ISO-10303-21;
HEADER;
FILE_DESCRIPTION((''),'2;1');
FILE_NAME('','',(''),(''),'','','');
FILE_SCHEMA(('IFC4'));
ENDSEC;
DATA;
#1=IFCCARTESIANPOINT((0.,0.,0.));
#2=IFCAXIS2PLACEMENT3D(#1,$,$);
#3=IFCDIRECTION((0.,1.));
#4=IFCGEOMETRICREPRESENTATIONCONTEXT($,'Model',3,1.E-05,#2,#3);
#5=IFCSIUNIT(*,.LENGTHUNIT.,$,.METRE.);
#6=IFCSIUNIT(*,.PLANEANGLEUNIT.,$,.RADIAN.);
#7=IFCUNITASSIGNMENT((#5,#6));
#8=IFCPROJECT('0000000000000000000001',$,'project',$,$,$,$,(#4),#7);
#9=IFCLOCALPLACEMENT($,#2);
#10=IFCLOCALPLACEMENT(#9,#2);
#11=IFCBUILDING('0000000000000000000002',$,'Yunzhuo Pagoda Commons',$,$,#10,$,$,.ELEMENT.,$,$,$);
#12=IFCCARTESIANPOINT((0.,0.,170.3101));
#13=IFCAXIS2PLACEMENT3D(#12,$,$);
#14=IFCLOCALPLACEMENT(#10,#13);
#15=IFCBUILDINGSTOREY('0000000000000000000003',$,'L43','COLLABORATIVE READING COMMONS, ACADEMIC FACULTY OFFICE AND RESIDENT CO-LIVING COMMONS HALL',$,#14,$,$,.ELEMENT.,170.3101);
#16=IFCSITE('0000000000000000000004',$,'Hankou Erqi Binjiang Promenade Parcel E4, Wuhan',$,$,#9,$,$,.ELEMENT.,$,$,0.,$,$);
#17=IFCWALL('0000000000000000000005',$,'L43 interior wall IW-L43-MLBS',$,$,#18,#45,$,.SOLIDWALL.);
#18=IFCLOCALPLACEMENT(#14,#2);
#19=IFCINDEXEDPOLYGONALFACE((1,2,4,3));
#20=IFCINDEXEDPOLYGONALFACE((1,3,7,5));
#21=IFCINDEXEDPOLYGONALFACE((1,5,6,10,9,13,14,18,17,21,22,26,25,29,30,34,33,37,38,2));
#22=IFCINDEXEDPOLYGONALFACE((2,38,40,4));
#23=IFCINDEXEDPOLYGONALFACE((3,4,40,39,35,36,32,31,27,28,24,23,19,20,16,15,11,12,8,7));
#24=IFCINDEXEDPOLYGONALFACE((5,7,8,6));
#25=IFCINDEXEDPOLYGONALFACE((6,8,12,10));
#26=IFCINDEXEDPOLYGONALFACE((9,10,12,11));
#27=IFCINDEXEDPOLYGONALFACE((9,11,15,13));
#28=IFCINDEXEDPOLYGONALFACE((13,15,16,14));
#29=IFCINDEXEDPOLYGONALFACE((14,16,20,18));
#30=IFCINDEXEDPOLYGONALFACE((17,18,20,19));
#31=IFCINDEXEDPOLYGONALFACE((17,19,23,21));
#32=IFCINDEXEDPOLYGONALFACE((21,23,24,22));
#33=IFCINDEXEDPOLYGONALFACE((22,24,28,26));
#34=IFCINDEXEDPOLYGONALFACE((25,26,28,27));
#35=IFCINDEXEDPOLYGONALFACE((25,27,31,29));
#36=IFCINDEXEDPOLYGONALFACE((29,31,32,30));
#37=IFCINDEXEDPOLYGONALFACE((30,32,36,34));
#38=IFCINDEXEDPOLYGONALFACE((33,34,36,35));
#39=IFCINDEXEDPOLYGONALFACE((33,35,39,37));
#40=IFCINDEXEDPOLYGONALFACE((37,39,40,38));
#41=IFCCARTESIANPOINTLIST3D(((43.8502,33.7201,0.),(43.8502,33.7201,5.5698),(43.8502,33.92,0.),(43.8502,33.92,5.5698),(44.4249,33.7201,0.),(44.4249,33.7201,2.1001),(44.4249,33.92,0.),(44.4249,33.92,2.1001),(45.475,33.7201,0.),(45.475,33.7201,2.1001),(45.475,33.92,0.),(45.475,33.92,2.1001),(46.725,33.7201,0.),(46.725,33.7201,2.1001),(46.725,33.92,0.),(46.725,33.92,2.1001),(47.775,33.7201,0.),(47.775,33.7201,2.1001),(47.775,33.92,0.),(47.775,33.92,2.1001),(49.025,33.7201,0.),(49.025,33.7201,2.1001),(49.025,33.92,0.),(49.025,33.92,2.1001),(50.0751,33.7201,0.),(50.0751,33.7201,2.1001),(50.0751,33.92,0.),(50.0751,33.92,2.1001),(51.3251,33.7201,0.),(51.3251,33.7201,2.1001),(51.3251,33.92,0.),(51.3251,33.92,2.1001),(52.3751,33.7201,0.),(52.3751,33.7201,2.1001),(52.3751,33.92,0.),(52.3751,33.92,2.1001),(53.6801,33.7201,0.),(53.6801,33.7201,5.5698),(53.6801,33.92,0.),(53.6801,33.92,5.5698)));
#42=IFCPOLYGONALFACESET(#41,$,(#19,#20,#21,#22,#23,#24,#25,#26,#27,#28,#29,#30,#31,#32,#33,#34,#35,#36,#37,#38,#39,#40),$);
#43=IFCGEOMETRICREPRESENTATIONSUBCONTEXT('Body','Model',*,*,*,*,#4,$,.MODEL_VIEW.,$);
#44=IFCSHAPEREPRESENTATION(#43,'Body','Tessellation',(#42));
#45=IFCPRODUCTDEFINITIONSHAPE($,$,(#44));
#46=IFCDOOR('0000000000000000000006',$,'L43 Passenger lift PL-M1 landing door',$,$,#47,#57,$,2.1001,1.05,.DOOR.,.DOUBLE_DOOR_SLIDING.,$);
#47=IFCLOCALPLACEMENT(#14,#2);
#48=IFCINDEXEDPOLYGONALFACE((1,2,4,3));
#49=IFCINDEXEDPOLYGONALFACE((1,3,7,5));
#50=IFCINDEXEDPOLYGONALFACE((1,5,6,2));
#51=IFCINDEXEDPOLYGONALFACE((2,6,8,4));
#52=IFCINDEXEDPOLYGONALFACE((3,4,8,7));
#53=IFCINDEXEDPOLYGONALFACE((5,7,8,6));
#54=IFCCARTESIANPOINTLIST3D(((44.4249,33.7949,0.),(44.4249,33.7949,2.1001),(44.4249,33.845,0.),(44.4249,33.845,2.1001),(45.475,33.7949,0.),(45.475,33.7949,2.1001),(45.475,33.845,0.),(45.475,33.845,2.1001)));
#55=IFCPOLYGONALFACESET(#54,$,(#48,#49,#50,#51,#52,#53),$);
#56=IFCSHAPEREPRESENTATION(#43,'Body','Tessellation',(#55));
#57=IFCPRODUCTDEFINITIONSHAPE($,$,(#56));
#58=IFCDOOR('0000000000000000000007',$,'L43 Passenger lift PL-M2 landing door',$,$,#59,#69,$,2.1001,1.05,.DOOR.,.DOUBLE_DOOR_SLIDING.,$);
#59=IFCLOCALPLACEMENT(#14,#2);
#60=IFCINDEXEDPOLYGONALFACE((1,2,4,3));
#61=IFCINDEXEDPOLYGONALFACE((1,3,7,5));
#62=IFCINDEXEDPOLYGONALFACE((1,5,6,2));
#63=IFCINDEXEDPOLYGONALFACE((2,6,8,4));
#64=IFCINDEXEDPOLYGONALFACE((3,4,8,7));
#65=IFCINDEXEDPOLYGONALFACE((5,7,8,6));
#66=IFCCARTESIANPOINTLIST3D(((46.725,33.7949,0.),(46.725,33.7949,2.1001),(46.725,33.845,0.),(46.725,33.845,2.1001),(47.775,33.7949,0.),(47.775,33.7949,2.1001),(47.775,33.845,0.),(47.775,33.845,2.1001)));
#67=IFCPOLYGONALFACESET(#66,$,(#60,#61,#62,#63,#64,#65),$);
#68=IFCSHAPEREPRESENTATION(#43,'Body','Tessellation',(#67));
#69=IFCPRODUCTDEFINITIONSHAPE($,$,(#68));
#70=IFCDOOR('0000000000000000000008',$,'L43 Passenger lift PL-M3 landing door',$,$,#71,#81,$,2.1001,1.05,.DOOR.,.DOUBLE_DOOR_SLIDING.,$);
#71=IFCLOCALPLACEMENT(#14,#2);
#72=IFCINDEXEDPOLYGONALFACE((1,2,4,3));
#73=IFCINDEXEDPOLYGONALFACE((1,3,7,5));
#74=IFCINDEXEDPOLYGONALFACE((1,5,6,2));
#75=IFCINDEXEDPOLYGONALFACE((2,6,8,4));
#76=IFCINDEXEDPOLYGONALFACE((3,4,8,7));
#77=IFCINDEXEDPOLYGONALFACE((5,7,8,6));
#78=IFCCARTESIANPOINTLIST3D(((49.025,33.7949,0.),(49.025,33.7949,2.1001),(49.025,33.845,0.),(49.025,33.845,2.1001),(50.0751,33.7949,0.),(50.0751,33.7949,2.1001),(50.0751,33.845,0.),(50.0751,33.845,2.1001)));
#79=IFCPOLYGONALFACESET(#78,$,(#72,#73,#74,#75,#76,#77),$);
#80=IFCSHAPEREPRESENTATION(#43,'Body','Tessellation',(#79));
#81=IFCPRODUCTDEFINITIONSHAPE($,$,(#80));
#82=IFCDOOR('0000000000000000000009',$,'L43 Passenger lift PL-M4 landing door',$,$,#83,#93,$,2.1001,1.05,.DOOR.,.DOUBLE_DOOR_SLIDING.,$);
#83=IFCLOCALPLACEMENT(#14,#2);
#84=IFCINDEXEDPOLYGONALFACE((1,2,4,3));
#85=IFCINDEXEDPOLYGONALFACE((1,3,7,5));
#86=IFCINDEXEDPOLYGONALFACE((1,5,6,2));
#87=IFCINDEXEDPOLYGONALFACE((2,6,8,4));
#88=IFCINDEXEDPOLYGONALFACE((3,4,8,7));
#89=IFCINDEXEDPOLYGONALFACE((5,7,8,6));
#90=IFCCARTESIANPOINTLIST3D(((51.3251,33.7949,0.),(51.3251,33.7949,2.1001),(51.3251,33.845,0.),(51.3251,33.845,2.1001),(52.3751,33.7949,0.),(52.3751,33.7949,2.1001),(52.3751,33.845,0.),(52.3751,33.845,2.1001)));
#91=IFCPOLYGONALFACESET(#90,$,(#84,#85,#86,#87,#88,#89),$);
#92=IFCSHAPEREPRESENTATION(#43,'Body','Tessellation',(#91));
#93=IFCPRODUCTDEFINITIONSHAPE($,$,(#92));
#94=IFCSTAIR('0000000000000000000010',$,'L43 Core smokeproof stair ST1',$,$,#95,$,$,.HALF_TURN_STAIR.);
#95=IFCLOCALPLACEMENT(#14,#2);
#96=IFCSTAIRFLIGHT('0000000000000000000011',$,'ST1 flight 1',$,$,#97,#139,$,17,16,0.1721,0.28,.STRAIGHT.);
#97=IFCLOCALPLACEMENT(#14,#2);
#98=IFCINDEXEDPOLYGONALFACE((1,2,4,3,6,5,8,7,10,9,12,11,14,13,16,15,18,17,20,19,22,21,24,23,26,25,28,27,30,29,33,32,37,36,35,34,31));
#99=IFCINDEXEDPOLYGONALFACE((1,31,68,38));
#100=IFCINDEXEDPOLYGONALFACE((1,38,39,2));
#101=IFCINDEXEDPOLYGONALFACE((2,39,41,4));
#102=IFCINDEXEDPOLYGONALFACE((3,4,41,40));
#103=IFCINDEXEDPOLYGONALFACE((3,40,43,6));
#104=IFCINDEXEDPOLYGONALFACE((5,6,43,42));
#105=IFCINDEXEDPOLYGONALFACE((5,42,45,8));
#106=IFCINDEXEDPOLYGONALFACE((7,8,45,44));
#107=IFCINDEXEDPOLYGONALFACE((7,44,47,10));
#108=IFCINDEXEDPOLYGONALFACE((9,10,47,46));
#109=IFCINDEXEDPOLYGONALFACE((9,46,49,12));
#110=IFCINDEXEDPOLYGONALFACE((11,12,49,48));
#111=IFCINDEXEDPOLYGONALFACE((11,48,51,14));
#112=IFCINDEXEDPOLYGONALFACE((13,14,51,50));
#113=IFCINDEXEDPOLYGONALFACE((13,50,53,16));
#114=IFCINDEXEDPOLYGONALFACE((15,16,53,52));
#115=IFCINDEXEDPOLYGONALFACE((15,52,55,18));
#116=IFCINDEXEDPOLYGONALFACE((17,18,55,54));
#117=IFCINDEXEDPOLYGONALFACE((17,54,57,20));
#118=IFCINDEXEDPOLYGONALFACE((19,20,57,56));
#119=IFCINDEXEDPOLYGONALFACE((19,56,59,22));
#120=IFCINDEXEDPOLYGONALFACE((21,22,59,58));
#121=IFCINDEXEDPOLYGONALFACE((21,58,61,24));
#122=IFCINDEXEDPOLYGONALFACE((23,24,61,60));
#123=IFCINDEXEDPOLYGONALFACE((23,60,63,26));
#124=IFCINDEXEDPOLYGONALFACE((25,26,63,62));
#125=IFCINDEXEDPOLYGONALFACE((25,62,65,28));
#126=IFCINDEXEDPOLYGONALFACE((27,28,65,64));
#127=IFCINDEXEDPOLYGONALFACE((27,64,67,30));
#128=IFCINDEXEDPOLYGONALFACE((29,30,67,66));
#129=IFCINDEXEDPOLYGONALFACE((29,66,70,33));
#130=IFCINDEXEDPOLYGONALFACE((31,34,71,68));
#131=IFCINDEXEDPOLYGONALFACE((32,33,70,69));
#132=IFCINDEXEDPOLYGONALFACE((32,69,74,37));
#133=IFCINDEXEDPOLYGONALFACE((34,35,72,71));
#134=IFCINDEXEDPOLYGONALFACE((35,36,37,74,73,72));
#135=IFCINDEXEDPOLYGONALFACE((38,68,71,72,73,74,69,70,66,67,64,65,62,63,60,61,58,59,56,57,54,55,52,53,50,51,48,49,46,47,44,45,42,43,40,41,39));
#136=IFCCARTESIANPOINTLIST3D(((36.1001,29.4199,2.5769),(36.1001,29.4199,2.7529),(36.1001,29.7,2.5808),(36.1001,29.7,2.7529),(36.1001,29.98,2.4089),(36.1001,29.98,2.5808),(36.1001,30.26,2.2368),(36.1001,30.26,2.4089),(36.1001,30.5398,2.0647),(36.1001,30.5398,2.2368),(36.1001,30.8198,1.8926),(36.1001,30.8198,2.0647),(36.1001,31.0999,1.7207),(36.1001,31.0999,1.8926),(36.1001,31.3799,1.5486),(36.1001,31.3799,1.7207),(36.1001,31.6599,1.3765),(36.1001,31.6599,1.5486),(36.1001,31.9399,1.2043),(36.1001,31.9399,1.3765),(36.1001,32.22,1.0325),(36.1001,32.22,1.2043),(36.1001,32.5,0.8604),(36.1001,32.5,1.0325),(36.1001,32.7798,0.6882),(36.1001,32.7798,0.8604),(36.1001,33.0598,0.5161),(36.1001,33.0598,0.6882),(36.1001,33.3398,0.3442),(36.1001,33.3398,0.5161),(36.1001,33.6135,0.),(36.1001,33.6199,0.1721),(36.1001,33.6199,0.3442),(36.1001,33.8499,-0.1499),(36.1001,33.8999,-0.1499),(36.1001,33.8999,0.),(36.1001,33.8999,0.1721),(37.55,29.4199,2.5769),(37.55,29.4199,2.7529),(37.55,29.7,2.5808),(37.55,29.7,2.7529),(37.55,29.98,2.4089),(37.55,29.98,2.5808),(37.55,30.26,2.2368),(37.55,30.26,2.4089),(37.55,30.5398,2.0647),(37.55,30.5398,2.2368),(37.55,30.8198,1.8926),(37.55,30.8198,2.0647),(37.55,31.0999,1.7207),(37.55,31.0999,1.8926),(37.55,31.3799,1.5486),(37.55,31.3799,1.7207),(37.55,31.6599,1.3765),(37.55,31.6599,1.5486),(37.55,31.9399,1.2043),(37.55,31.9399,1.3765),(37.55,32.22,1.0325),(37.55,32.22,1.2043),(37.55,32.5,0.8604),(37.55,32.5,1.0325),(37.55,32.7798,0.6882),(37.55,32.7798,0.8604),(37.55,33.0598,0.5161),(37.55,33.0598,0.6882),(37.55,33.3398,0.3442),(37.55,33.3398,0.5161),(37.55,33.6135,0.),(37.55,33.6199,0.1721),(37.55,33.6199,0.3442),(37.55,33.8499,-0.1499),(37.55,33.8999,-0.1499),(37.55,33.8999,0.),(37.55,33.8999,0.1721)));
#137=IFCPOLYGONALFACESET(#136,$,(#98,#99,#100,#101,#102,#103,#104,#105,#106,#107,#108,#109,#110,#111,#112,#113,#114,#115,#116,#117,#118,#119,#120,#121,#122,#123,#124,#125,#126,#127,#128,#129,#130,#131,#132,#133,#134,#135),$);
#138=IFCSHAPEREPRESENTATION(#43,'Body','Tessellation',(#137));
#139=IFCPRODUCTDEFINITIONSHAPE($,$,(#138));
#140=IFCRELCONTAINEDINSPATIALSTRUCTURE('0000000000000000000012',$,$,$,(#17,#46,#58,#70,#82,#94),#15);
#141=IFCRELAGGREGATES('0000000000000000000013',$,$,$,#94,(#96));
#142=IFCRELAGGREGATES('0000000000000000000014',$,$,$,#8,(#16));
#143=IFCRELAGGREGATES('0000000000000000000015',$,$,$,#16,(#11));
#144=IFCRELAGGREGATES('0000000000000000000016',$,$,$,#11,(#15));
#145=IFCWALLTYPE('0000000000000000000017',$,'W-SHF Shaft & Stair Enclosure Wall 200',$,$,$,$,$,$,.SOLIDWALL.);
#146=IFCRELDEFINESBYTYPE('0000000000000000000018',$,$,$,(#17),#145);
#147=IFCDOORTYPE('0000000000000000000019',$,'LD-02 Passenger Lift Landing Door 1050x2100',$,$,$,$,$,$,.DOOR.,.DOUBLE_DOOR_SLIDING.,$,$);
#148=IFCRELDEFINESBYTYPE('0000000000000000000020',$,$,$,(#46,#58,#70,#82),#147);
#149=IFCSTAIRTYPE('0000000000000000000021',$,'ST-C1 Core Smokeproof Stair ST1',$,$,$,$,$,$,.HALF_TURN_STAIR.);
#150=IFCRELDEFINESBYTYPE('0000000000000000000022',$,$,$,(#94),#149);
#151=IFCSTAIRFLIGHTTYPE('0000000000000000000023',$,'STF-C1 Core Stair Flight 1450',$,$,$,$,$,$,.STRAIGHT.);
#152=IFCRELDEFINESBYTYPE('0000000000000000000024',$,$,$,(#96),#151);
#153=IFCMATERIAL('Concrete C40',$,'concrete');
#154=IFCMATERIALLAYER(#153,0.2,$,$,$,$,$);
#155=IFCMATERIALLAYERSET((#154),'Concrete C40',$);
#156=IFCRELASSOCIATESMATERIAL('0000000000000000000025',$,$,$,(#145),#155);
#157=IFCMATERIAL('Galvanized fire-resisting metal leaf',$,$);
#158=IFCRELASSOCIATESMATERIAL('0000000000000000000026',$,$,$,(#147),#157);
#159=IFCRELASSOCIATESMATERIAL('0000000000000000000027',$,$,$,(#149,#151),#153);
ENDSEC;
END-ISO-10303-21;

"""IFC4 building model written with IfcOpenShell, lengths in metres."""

from ifc_helpers import new_model, si_unit, direction, frame, frame_2d, origin, origin_with_axes, place, context, subcontext, project, spatial, polyline, rectangle, outline, extrude, source, transform, mapped, material, layer, layer_set, type_object, element, fill, aggregate, save


model = new_model("IFC4")

# Units and contexts
model_context = context("Model", 3, precision=1e-05, world=origin(), true_north=direction((0.0, 1.0)))
body_context = subcontext(model_context, "Body", "Model", "MODEL_VIEW")
ifc_project = project(units=[si_unit("LENGTHUNIT", "METRE"), si_unit("PLANEANGLEUNIT", "RADIAN")], contexts=[model_context])

# Site, building, storey
site_placement = place(None, origin())
site = spatial("IfcSite", under=ifc_project, at=site_placement, Name="Hankou Erqi Binjiang Promenade Parcel E4, Wuhan", CompositionType="ELEMENT", RefElevation=0.0)
building_placement = place(site_placement, origin())
building = spatial("IfcBuilding", under=site, at=building_placement, Name="Yunzhuo Pagoda Commons", CompositionType="ELEMENT")
storey_placement = place(building_placement, frame((0.0, 0.0, 170.3101)))
storey = spatial("IfcBuildingStorey", under=building, at=storey_placement, Name="L43", Description="COLLABORATIVE READING COMMONS, ACADEMIC FACULTY OFFICE AND RESIDENT CO-LIVING COMMONS HALL", CompositionType="ELEMENT", Elevation=170.3101)

# Shared definitions
ifc_material_1 = material(Name="Galvanized fire-resisting metal leaf")
shared_shape_1 = source(origin(), body_context, "Body", "SweptSolid", [
    extrude(rectangle(XDim=1.05, YDim=2.1001, at=frame_2d((0.5249, 1.05))), frame((0.0, 0.0249, 0.0), z_axis=(0.0, -1.0, 0.0), x_axis=(1.0, 0.0, 0.0)), (0.0, 0.0, 1.0), 0.05),
])
ifc_material_2 = material(Name="Concrete C40", Category="concrete")
ifc_layer_1 = layer(ifc_material_2, 0.2)
ifc_layer_set_1 = layer_set([ifc_layer_1], Name="Concrete C40")
wall_type_1 = type_object("IfcWallType", Name="W-SHF Shaft & Stair Enclosure Wall 200", PredefinedType="SOLIDWALL", material=ifc_layer_set_1)
door_type_1 = type_object("IfcDoorType", Name="LD-02 Passenger Lift Landing Door 1050x2100", OperationType="DOUBLE_DOOR_SLIDING", PredefinedType="DOOR", material=ifc_material_1)

# Wall, openings, doors
wall_1_placement = place(storey_placement, frame((43.8501, 33.8201, 0.0), z_axis=(0.0, 0.0, 1.0), x_axis=(1.0, 0.0, 0.0)))
wall_1 = element("IfcWall", 1, at=wall_1_placement, inside=storey, type_object=wall_type_1, Name="L43 interior wall IW-L43-MLBS", PredefinedType="SOLIDWALL", context=body_context, shape_type="SweptSolid", body=[
    extrude(rectangle(XDim=9.8298, YDim=0.2, at=frame_2d((4.915, 0.0))), origin(), (0.0, 0.0, 1.0), 5.5698),
])
opening_1_placement = place(wall_1_placement, frame((0.575, 0.0, 0.0)))
opening_1 = element("IfcOpeningElement", 2, at=opening_1_placement, cuts=wall_1, PredefinedType="OPENING", context=body_context, shape_type="SweptSolid", body=[
    extrude(rectangle(XDim=1.05, YDim=2.1001, at=frame_2d((0.5249, 1.05))), frame((0.0, 0.1099, 0.0), z_axis=(0.0, -1.0, 0.0), x_axis=(1.0, 0.0, 0.0)), (0.0, 0.0, 1.0), 0.22),
])
opening_2_placement = place(wall_1_placement, frame((2.875, 0.0, 0.0)))
opening_2 = element("IfcOpeningElement", 3, at=opening_2_placement, cuts=wall_1, PredefinedType="OPENING", context=body_context, shape_type="SweptSolid", body=[
    extrude(rectangle(XDim=1.05, YDim=2.1001, at=frame_2d((0.5249, 1.05))), frame((0.0, 0.1099, 0.0), z_axis=(0.0, -1.0, 0.0), x_axis=(1.0, 0.0, 0.0)), (0.0, 0.0, 1.0), 0.22),
])
opening_3_placement = place(wall_1_placement, frame((5.175, 0.0, 0.0)))
opening_3 = element("IfcOpeningElement", 4, at=opening_3_placement, cuts=wall_1, PredefinedType="OPENING", context=body_context, shape_type="SweptSolid", body=[
    extrude(rectangle(XDim=1.05, YDim=2.1001, at=frame_2d((0.5249, 1.05))), frame((0.0, 0.1099, 0.0), z_axis=(0.0, -1.0, 0.0), x_axis=(1.0, 0.0, 0.0)), (0.0, 0.0, 1.0), 0.22),
])
opening_4_placement = place(wall_1_placement, frame((7.4751, 0.0, 0.0)))
opening_4 = element("IfcOpeningElement", 5, at=opening_4_placement, cuts=wall_1, PredefinedType="OPENING", context=body_context, shape_type="SweptSolid", body=[
    extrude(rectangle(XDim=1.05, YDim=2.1001, at=frame_2d((0.5249, 1.05))), frame((0.0, 0.1099, 0.0), z_axis=(0.0, -1.0, 0.0), x_axis=(1.0, 0.0, 0.0)), (0.0, 0.0, 1.0), 0.22),
])
door_1_placement = place(opening_1_placement, origin_with_axes())
door_1 = element("IfcDoor", 6, at=door_1_placement, inside=storey, type_object=door_type_1, Name="L43 Passenger lift PL-M1 landing door", OperationType="DOUBLE_DOOR_SLIDING", OverallHeight=2.1001, OverallWidth=1.05, PredefinedType="DOOR", context=body_context, shape_type="MappedRepresentation", body=[
    mapped(shared_shape_1, transform((0.0, 0.0, 0.0), scale=1.0)),
])
fill(opening_1, door_1)
door_2_placement = place(opening_2_placement, origin_with_axes())
door_2 = element("IfcDoor", 7, at=door_2_placement, inside=storey, type_object=door_type_1, Name="L43 Passenger lift PL-M2 landing door", OperationType="DOUBLE_DOOR_SLIDING", OverallHeight=2.1001, OverallWidth=1.05, PredefinedType="DOOR", context=body_context, shape_type="MappedRepresentation", body=[
    mapped(shared_shape_1, transform((0.0, 0.0, 0.0), scale=1.0)),
])
fill(opening_2, door_2)
door_3_placement = place(opening_3_placement, origin_with_axes())
door_3 = element("IfcDoor", 8, at=door_3_placement, inside=storey, type_object=door_type_1, Name="L43 Passenger lift PL-M3 landing door", OperationType="DOUBLE_DOOR_SLIDING", OverallHeight=2.1001, OverallWidth=1.05, PredefinedType="DOOR", context=body_context, shape_type="MappedRepresentation", body=[
    mapped(shared_shape_1, transform((0.0, 0.0, 0.0), scale=1.0)),
])
fill(opening_3, door_3)
door_4_placement = place(opening_4_placement, origin_with_axes())
door_4 = element("IfcDoor", 9, at=door_4_placement, inside=storey, type_object=door_type_1, Name="L43 Passenger lift PL-M4 landing door", OperationType="DOUBLE_DOOR_SLIDING", OverallHeight=2.1001, OverallWidth=1.05, PredefinedType="DOOR", context=body_context, shape_type="MappedRepresentation", body=[
    mapped(shared_shape_1, transform((0.0, 0.0, 0.0), scale=1.0)),
])
fill(opening_4, door_4)

# Stair, stair flight
stair_type = type_object("IfcStairType", Name="ST-C1 Core Smokeproof Stair ST1", PredefinedType="HALF_TURN_STAIR", material=ifc_material_2)
stair_placement = place(storey_placement, origin())
stair = element("IfcStair", 10, at=stair_placement, inside=storey, type_object=stair_type, Name="L43 Core smokeproof stair ST1", PredefinedType="HALF_TURN_STAIR")
stair_flight_type = type_object("IfcStairFlightType", Name="STF-C1 Core Stair Flight 1450", PredefinedType="STRAIGHT", material=ifc_material_2)
shared_shape_2 = source(origin(), body_context, "Body", "SweptSolid", [
    extrude(outline(polyline([(0.0, -0.1499), (0.0, 0.0), (0.0, 0.1721), (0.28, 0.1721), (0.28, 0.3442), (0.5601, 0.3442), (0.5601, 0.5161), (0.8401, 0.5161), (0.8401, 0.6882), (1.1201, 0.6882), (1.1201, 0.8604), (1.3999, 0.8604), (1.3999, 1.0325), (1.6799, 1.0325), (1.6799, 1.2043), (1.96, 1.2043), (1.96, 1.3765), (2.24, 1.3765), (2.24, 1.5486), (2.52, 1.5486), (2.52, 1.7207), (2.8, 1.7207), (2.8, 1.8926), (3.0801, 1.8926), (3.0801, 2.0647), (3.3601, 2.0647), (3.3601, 2.2368), (3.6399, 2.2368), (3.6399, 2.4089), (3.9199, 2.4089), (3.9199, 2.5808), (4.2, 2.5808), (4.2, 2.7529), (4.48, 2.7529), (4.48, 2.925), (4.48, 2.5769), (0.2864, 0.0), (0.05, -0.1499), (0.0, -0.1499)])), frame((0.0, 0.7251, 0.0), z_axis=(0.0, -1.0, 0.0), x_axis=(1.0, 0.0, 0.0)), (0.0, 0.0, 1.0), 1.45),
])
stair_flight_placement = place(storey_placement, frame((36.825, 33.8999, 0.0), z_axis=(0.0, 0.0, 1.0), x_axis=(0.0, -1.0, 0.0)))
stair_flight = element("IfcStairFlight", 11, at=stair_flight_placement, type_object=stair_flight_type, Name="ST1 flight 1", NumberOfRisers=17, NumberOfTreads=16, PredefinedType="STRAIGHT", RiserHeight=0.1721, TreadLength=0.28, context=body_context, shape_type="MappedRepresentation", body=[
    mapped(shared_shape_2, transform((0.0, 0.0, 0.0), scale=1.0)),
])
aggregate(stair, [stair_flight])

save(model, "model.ifc")
